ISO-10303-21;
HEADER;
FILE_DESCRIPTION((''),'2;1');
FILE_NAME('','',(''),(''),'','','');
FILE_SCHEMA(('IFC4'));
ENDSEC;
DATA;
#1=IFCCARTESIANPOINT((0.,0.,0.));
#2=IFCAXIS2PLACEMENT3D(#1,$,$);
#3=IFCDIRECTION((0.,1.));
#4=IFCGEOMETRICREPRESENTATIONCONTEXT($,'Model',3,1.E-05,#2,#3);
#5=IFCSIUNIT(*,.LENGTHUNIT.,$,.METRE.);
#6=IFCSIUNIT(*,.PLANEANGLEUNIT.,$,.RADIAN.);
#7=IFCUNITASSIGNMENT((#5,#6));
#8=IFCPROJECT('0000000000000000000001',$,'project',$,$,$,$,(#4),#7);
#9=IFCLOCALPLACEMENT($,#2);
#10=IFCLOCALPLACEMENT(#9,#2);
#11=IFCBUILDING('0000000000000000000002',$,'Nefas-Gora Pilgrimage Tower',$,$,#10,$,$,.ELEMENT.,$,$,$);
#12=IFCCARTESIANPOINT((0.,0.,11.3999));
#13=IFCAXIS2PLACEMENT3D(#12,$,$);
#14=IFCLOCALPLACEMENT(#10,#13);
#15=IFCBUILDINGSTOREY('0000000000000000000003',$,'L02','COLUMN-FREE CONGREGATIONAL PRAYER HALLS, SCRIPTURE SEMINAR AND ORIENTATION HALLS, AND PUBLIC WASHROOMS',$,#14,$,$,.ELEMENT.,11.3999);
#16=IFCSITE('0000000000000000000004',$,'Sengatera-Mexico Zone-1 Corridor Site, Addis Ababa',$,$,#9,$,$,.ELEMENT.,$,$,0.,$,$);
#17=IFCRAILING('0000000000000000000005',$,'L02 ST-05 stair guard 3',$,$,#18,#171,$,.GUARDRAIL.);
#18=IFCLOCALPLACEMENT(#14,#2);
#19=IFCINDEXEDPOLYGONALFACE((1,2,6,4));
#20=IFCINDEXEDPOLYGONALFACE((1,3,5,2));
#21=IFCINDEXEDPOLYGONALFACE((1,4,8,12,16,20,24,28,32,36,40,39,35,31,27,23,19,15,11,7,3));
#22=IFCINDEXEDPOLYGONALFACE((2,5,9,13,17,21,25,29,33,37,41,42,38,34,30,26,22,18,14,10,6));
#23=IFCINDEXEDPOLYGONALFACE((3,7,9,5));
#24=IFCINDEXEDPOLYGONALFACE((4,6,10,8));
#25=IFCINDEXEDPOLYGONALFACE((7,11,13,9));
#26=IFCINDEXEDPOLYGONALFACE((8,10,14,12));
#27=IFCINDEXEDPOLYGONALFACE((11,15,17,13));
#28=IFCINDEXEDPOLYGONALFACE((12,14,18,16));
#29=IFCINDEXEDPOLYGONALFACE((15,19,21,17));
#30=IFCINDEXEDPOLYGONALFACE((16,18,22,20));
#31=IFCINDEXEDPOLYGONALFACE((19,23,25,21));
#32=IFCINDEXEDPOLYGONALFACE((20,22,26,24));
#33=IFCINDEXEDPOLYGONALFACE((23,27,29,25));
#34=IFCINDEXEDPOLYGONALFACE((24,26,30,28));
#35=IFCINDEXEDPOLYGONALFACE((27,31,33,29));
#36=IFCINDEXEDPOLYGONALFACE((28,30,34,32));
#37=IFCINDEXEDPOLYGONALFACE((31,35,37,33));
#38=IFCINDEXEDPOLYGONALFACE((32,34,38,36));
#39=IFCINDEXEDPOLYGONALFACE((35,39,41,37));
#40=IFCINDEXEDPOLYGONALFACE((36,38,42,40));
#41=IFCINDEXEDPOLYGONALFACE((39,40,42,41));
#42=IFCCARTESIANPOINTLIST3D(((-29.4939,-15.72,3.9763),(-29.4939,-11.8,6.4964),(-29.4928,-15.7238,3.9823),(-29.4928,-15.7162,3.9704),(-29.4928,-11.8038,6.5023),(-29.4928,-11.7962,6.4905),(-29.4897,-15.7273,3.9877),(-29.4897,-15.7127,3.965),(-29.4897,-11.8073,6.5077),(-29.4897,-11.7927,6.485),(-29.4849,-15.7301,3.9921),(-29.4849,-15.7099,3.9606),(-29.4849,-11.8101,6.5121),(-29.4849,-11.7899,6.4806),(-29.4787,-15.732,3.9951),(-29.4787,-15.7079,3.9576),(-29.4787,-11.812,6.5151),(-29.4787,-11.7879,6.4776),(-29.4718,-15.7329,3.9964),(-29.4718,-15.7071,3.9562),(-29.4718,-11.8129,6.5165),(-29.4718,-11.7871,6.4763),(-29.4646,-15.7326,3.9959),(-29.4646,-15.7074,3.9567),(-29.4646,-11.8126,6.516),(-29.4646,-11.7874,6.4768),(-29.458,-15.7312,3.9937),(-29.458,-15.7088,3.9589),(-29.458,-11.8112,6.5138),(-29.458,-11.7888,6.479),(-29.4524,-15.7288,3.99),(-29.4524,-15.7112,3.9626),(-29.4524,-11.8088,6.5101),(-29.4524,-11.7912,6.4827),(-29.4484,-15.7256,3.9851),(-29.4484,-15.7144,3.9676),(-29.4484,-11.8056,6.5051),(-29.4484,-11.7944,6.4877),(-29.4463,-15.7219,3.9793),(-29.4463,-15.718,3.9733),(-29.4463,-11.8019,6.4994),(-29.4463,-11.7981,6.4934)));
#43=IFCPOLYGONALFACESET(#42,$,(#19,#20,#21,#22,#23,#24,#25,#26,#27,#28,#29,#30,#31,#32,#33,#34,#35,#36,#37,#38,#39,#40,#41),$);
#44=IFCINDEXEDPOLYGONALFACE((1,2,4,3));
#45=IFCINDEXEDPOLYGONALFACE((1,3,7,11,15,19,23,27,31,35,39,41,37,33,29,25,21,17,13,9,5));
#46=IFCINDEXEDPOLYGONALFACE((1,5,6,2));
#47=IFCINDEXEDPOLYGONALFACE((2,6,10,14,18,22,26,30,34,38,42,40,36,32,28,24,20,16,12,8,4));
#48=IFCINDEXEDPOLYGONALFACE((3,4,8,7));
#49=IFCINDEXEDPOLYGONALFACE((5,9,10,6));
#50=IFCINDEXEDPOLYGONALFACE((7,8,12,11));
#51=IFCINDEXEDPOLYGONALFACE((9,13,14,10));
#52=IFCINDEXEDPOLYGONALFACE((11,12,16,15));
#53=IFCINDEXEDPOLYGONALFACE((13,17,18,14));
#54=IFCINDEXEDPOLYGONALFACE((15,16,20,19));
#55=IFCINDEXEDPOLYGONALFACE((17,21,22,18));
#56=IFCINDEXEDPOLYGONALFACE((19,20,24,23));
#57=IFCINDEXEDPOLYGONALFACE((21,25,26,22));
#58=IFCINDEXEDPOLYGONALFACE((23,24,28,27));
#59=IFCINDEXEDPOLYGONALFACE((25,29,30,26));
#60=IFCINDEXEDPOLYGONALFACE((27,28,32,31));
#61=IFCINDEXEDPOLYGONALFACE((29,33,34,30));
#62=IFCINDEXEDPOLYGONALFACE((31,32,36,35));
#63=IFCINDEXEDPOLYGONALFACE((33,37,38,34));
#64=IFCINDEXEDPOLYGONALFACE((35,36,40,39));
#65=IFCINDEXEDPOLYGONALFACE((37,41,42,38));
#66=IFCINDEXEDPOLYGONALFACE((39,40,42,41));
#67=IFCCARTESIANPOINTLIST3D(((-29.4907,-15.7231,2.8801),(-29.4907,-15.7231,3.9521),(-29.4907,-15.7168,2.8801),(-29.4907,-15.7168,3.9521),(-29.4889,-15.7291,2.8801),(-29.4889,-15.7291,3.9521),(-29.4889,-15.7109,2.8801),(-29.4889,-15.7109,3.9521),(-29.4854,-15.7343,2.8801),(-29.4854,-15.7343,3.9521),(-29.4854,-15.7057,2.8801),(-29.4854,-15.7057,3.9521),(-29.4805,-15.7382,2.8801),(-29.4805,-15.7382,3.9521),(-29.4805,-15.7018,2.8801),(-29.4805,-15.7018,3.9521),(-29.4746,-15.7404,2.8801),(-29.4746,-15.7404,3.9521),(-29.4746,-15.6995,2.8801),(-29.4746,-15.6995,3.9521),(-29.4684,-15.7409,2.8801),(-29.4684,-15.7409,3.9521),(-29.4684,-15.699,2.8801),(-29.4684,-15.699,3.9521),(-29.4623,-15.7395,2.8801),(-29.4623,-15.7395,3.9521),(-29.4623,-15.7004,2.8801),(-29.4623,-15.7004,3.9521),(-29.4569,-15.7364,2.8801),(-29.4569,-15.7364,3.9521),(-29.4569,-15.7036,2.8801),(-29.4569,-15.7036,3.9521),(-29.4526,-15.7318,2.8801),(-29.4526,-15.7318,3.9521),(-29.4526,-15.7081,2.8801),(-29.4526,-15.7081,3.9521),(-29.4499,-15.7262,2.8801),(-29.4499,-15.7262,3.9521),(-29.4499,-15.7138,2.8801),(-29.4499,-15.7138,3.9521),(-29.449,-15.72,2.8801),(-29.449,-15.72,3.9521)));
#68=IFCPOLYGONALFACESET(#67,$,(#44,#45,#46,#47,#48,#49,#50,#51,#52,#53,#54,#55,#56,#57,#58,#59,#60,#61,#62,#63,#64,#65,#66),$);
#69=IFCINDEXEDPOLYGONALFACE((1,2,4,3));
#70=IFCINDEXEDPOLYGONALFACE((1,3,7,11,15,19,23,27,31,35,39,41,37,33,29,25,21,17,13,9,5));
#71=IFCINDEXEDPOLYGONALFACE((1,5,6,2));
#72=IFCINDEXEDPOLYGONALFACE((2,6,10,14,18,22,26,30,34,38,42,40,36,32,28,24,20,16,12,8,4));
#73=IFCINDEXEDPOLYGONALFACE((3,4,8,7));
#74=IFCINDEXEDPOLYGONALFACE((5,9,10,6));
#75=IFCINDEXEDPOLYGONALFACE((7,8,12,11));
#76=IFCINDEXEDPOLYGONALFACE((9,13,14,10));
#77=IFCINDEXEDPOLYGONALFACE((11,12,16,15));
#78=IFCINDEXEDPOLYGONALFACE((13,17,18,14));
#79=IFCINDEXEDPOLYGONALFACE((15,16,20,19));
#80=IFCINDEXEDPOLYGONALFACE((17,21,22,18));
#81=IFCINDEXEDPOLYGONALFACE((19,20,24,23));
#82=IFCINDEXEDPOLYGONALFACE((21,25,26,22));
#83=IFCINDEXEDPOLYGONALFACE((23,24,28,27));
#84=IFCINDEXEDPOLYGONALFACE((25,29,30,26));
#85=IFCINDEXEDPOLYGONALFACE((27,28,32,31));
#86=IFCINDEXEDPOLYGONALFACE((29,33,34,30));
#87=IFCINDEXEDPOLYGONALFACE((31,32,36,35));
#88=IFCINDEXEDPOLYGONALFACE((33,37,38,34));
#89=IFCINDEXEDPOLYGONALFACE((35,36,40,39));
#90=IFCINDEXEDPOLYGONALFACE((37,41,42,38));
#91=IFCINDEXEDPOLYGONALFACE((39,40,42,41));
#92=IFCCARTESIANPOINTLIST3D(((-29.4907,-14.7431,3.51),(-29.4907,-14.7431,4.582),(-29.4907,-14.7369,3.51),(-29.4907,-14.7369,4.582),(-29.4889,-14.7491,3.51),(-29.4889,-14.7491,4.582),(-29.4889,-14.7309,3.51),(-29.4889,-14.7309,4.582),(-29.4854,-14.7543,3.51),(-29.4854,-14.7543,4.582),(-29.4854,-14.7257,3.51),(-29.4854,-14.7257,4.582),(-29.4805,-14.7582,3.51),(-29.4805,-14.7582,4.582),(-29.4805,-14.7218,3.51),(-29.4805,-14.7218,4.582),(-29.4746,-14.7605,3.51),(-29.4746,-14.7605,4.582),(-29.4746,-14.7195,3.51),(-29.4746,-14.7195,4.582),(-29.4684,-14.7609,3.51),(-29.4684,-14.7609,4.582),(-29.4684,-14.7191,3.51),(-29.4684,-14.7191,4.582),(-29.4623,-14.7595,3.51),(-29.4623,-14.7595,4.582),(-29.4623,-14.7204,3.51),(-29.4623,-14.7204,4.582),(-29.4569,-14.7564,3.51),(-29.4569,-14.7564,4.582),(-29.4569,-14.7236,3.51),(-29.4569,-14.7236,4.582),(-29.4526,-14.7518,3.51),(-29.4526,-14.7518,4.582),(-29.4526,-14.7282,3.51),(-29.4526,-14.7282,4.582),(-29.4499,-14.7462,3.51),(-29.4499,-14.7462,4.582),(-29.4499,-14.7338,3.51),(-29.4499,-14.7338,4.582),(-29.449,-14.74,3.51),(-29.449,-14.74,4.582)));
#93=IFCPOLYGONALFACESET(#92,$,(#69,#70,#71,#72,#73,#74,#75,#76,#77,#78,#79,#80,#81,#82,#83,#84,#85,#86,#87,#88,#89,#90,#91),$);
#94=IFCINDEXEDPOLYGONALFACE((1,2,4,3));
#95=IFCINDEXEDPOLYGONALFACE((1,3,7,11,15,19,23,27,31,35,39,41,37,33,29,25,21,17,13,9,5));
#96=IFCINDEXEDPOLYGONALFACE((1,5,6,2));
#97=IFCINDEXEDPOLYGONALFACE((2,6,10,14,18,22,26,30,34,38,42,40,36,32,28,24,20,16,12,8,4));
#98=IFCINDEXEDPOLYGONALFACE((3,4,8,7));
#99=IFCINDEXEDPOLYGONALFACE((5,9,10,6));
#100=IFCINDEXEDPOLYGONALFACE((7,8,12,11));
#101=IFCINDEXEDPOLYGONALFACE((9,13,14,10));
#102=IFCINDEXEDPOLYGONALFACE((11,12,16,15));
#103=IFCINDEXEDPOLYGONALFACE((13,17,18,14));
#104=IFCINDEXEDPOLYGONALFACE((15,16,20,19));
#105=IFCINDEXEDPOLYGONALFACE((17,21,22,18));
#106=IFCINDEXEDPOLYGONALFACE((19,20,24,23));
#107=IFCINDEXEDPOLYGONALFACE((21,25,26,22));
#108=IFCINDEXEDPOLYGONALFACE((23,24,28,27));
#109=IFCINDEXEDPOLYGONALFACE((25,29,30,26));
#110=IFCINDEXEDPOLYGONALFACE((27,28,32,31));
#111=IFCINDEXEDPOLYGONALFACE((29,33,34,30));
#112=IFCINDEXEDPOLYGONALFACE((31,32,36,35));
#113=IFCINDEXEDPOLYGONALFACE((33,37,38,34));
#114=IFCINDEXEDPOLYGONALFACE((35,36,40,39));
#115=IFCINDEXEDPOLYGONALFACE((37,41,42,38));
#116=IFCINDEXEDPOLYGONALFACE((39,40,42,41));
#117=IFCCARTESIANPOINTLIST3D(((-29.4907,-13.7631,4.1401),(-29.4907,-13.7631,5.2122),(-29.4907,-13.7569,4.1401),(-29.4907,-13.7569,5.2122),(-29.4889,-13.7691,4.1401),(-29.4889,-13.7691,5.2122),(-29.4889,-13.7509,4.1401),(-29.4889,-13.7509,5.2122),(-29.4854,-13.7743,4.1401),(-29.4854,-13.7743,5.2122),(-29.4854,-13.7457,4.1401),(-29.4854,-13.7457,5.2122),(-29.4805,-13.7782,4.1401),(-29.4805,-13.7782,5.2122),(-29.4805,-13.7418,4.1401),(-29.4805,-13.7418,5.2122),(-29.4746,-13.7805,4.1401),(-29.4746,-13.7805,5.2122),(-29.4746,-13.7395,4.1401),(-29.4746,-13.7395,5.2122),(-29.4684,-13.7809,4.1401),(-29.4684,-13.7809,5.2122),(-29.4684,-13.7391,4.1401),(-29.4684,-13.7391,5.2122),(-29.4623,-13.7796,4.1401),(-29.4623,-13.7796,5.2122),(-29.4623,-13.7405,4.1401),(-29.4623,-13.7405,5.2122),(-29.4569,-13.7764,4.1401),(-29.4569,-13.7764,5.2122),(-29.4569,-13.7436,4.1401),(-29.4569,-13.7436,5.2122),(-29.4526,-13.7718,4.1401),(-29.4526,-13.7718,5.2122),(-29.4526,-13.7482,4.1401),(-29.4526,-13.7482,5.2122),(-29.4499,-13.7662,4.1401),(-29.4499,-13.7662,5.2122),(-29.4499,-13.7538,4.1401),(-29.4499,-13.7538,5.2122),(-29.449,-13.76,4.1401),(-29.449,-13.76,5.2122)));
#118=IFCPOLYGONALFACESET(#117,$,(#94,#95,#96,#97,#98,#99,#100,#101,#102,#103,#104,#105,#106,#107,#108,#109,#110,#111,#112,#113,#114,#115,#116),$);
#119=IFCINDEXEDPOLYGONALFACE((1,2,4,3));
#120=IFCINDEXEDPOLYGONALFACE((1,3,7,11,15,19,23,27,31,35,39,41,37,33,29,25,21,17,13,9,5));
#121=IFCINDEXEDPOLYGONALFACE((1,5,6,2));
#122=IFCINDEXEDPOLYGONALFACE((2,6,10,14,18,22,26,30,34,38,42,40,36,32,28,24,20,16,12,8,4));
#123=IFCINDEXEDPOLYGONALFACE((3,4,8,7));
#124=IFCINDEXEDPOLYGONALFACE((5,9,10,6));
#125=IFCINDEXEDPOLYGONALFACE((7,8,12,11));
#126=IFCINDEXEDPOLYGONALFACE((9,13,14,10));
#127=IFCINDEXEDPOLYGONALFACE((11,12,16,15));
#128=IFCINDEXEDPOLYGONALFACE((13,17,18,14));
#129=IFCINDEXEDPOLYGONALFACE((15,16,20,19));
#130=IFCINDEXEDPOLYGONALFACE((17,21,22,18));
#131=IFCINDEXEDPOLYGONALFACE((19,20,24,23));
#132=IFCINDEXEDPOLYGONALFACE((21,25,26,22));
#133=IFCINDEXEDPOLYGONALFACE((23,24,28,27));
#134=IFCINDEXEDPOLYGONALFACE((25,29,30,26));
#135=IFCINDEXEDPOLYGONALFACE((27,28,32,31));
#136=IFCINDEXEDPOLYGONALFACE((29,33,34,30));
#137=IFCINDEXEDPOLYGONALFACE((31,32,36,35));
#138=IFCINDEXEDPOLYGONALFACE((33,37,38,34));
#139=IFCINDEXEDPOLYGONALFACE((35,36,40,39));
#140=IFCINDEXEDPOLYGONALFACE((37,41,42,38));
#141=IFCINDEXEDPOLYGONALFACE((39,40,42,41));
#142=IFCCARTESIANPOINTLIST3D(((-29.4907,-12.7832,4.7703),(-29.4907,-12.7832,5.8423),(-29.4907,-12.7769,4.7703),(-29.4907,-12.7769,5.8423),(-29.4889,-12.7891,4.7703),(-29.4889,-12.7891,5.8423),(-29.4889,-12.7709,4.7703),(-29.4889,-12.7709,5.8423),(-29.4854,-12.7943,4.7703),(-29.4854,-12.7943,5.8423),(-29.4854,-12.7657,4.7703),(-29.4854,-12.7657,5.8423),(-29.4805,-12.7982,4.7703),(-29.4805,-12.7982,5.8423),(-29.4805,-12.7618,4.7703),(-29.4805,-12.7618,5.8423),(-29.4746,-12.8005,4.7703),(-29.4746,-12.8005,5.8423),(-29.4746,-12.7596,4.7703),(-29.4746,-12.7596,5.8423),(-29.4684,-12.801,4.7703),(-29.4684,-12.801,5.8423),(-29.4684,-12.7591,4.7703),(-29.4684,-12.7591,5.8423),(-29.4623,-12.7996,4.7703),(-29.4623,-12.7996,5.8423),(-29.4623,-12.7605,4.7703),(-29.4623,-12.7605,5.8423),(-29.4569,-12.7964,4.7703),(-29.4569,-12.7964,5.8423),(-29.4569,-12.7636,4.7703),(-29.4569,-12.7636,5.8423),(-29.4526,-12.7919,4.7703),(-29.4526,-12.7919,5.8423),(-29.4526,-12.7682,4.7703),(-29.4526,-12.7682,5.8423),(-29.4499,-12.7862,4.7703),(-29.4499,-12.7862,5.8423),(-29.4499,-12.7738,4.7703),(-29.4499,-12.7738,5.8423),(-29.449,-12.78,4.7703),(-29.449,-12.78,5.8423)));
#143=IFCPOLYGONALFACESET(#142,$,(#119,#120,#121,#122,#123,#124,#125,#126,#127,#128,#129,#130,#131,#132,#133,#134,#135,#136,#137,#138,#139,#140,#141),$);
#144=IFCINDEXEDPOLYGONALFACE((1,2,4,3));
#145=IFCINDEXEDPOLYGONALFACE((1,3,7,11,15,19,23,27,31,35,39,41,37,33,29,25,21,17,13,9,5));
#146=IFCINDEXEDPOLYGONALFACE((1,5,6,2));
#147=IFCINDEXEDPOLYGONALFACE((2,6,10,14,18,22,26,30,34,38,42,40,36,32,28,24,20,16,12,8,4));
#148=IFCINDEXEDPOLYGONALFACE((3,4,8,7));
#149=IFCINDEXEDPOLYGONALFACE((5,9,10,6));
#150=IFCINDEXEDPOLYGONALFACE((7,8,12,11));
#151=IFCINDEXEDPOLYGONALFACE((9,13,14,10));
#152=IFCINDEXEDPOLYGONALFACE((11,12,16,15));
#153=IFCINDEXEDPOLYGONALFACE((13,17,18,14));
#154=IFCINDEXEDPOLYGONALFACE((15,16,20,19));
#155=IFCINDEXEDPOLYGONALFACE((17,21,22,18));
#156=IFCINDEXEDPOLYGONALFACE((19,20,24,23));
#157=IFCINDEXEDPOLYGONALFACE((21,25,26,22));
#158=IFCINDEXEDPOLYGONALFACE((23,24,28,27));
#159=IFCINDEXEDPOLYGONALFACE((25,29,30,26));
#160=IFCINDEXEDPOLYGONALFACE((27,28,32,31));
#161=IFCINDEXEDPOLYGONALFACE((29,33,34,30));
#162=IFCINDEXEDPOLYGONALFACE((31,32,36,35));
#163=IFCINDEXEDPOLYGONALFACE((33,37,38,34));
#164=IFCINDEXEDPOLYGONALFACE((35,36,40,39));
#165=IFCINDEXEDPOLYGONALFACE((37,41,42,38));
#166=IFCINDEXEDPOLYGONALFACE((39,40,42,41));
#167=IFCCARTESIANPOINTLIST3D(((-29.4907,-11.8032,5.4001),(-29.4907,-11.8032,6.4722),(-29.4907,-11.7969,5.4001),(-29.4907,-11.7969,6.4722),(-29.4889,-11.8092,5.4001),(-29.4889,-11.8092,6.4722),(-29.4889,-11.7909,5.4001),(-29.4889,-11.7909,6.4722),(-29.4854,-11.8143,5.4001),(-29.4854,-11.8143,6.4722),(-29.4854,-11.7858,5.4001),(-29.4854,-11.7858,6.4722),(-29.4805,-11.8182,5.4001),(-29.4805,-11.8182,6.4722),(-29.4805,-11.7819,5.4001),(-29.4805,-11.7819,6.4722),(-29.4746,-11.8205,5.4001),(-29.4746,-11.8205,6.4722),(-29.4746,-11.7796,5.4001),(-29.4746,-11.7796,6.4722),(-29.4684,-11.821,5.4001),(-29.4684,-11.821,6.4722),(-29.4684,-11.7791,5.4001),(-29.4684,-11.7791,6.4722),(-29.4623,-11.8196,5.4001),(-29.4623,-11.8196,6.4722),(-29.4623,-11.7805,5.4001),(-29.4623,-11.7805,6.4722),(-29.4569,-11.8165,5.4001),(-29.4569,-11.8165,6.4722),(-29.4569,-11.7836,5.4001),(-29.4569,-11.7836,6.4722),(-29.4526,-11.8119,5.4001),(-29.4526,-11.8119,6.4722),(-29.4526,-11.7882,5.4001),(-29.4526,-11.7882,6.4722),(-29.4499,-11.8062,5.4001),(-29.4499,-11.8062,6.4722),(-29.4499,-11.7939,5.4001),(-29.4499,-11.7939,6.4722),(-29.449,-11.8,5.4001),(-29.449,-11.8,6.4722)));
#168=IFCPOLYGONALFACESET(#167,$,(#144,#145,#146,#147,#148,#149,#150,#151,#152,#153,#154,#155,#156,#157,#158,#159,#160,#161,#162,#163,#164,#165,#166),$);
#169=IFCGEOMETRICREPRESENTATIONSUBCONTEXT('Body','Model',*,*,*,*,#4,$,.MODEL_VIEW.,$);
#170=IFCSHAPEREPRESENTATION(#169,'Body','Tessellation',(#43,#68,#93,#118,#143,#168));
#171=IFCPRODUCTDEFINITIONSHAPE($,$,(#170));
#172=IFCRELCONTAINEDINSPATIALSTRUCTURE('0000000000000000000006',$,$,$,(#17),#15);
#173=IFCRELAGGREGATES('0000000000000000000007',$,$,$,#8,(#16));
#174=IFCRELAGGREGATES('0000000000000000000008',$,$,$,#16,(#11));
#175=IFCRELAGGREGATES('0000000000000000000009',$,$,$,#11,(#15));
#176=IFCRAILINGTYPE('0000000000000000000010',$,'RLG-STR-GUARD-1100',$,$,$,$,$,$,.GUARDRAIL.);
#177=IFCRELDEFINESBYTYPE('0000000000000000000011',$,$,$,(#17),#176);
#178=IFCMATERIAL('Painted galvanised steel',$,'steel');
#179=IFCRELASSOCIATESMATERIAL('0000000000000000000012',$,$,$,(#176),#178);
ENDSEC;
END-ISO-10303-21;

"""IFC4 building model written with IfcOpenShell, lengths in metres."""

from ifc_helpers import new_model, si_unit, direction, frame, origin, origin_2d, place, context, subcontext, project, spatial, circle, extrude, material, type_object, element, save


model = new_model("IFC4")

# Units and contexts
model_context = context("Model", 3, precision=1e-05, world=origin(), true_north=direction((0.0, 1.0)))
body_context = subcontext(model_context, "Body", "Model", "MODEL_VIEW")
ifc_project = project(units=[si_unit("LENGTHUNIT", "METRE"), si_unit("PLANEANGLEUNIT", "RADIAN")], contexts=[model_context])

# Site, building, storey
site_placement = place(None, origin())
site = spatial("IfcSite", under=ifc_project, at=site_placement, Name="Sengatera-Mexico Zone-1 Corridor Site, Addis Ababa", CompositionType="ELEMENT", RefElevation=0.0)
building_placement = place(site_placement, origin())
building = spatial("IfcBuilding", under=site, at=building_placement, Name="Nefas-Gora Pilgrimage Tower", CompositionType="ELEMENT")
storey_placement = place(building_placement, frame((0.0, 0.0, 11.3999)))
storey = spatial("IfcBuildingStorey", under=building, at=storey_placement, Name="L02", Description="COLUMN-FREE CONGREGATIONAL PRAYER HALLS, SCRIPTURE SEMINAR AND ORIENTATION HALLS, AND PUBLIC WASHROOMS", CompositionType="ELEMENT", Elevation=11.3999)

# Railing
ifc_material_1 = material(Name="Painted galvanised steel", Category="steel")
railing_type_1 = type_object("IfcRailingType", Name="RLG-STR-GUARD-1100", PredefinedType="GUARDRAIL", material=ifc_material_1)
railing_1_placement = place(storey_placement, frame((-29.47, -15.72, 2.8801)))
element("IfcRailing", 1, at=railing_1_placement, inside=storey, type_object=railing_type_1, Name="L02 ST-05 stair guard 3", PredefinedType="GUARDRAIL", context=body_context, shape_type="SweptSolid", body=[
    extrude(circle(Radius=0.0239, at=origin_2d()), frame((0.0, 0.0, 1.0962), z_axis=(0.0, 0.841172, 0.540768), x_axis=(-1.0, 0.0, 0.0)), (0.0, 0.0, 1.0), 4.6602),
    extrude(circle(Radius=0.021, at=origin_2d()), origin(), (0.0, 0.0, 1.0), 1.072),
    extrude(circle(Radius=0.021, at=origin_2d()), frame((0.0, 0.98, 0.6299)), (0.0, 0.0, 1.0), 1.072),
    extrude(circle(Radius=0.021, at=origin_2d()), frame((0.0, 1.96, 1.26)), (0.0, 0.0, 1.0), 1.072),
    extrude(circle(Radius=0.021, at=origin_2d()), frame((0.0, 2.9399, 1.8901)), (0.0, 0.0, 1.0), 1.072),
    extrude(circle(Radius=0.021, at=origin_2d()), frame((0.0, 3.9199, 2.52)), (0.0, 0.0, 1.0), 1.072),
])

save(model, "model.ifc")
